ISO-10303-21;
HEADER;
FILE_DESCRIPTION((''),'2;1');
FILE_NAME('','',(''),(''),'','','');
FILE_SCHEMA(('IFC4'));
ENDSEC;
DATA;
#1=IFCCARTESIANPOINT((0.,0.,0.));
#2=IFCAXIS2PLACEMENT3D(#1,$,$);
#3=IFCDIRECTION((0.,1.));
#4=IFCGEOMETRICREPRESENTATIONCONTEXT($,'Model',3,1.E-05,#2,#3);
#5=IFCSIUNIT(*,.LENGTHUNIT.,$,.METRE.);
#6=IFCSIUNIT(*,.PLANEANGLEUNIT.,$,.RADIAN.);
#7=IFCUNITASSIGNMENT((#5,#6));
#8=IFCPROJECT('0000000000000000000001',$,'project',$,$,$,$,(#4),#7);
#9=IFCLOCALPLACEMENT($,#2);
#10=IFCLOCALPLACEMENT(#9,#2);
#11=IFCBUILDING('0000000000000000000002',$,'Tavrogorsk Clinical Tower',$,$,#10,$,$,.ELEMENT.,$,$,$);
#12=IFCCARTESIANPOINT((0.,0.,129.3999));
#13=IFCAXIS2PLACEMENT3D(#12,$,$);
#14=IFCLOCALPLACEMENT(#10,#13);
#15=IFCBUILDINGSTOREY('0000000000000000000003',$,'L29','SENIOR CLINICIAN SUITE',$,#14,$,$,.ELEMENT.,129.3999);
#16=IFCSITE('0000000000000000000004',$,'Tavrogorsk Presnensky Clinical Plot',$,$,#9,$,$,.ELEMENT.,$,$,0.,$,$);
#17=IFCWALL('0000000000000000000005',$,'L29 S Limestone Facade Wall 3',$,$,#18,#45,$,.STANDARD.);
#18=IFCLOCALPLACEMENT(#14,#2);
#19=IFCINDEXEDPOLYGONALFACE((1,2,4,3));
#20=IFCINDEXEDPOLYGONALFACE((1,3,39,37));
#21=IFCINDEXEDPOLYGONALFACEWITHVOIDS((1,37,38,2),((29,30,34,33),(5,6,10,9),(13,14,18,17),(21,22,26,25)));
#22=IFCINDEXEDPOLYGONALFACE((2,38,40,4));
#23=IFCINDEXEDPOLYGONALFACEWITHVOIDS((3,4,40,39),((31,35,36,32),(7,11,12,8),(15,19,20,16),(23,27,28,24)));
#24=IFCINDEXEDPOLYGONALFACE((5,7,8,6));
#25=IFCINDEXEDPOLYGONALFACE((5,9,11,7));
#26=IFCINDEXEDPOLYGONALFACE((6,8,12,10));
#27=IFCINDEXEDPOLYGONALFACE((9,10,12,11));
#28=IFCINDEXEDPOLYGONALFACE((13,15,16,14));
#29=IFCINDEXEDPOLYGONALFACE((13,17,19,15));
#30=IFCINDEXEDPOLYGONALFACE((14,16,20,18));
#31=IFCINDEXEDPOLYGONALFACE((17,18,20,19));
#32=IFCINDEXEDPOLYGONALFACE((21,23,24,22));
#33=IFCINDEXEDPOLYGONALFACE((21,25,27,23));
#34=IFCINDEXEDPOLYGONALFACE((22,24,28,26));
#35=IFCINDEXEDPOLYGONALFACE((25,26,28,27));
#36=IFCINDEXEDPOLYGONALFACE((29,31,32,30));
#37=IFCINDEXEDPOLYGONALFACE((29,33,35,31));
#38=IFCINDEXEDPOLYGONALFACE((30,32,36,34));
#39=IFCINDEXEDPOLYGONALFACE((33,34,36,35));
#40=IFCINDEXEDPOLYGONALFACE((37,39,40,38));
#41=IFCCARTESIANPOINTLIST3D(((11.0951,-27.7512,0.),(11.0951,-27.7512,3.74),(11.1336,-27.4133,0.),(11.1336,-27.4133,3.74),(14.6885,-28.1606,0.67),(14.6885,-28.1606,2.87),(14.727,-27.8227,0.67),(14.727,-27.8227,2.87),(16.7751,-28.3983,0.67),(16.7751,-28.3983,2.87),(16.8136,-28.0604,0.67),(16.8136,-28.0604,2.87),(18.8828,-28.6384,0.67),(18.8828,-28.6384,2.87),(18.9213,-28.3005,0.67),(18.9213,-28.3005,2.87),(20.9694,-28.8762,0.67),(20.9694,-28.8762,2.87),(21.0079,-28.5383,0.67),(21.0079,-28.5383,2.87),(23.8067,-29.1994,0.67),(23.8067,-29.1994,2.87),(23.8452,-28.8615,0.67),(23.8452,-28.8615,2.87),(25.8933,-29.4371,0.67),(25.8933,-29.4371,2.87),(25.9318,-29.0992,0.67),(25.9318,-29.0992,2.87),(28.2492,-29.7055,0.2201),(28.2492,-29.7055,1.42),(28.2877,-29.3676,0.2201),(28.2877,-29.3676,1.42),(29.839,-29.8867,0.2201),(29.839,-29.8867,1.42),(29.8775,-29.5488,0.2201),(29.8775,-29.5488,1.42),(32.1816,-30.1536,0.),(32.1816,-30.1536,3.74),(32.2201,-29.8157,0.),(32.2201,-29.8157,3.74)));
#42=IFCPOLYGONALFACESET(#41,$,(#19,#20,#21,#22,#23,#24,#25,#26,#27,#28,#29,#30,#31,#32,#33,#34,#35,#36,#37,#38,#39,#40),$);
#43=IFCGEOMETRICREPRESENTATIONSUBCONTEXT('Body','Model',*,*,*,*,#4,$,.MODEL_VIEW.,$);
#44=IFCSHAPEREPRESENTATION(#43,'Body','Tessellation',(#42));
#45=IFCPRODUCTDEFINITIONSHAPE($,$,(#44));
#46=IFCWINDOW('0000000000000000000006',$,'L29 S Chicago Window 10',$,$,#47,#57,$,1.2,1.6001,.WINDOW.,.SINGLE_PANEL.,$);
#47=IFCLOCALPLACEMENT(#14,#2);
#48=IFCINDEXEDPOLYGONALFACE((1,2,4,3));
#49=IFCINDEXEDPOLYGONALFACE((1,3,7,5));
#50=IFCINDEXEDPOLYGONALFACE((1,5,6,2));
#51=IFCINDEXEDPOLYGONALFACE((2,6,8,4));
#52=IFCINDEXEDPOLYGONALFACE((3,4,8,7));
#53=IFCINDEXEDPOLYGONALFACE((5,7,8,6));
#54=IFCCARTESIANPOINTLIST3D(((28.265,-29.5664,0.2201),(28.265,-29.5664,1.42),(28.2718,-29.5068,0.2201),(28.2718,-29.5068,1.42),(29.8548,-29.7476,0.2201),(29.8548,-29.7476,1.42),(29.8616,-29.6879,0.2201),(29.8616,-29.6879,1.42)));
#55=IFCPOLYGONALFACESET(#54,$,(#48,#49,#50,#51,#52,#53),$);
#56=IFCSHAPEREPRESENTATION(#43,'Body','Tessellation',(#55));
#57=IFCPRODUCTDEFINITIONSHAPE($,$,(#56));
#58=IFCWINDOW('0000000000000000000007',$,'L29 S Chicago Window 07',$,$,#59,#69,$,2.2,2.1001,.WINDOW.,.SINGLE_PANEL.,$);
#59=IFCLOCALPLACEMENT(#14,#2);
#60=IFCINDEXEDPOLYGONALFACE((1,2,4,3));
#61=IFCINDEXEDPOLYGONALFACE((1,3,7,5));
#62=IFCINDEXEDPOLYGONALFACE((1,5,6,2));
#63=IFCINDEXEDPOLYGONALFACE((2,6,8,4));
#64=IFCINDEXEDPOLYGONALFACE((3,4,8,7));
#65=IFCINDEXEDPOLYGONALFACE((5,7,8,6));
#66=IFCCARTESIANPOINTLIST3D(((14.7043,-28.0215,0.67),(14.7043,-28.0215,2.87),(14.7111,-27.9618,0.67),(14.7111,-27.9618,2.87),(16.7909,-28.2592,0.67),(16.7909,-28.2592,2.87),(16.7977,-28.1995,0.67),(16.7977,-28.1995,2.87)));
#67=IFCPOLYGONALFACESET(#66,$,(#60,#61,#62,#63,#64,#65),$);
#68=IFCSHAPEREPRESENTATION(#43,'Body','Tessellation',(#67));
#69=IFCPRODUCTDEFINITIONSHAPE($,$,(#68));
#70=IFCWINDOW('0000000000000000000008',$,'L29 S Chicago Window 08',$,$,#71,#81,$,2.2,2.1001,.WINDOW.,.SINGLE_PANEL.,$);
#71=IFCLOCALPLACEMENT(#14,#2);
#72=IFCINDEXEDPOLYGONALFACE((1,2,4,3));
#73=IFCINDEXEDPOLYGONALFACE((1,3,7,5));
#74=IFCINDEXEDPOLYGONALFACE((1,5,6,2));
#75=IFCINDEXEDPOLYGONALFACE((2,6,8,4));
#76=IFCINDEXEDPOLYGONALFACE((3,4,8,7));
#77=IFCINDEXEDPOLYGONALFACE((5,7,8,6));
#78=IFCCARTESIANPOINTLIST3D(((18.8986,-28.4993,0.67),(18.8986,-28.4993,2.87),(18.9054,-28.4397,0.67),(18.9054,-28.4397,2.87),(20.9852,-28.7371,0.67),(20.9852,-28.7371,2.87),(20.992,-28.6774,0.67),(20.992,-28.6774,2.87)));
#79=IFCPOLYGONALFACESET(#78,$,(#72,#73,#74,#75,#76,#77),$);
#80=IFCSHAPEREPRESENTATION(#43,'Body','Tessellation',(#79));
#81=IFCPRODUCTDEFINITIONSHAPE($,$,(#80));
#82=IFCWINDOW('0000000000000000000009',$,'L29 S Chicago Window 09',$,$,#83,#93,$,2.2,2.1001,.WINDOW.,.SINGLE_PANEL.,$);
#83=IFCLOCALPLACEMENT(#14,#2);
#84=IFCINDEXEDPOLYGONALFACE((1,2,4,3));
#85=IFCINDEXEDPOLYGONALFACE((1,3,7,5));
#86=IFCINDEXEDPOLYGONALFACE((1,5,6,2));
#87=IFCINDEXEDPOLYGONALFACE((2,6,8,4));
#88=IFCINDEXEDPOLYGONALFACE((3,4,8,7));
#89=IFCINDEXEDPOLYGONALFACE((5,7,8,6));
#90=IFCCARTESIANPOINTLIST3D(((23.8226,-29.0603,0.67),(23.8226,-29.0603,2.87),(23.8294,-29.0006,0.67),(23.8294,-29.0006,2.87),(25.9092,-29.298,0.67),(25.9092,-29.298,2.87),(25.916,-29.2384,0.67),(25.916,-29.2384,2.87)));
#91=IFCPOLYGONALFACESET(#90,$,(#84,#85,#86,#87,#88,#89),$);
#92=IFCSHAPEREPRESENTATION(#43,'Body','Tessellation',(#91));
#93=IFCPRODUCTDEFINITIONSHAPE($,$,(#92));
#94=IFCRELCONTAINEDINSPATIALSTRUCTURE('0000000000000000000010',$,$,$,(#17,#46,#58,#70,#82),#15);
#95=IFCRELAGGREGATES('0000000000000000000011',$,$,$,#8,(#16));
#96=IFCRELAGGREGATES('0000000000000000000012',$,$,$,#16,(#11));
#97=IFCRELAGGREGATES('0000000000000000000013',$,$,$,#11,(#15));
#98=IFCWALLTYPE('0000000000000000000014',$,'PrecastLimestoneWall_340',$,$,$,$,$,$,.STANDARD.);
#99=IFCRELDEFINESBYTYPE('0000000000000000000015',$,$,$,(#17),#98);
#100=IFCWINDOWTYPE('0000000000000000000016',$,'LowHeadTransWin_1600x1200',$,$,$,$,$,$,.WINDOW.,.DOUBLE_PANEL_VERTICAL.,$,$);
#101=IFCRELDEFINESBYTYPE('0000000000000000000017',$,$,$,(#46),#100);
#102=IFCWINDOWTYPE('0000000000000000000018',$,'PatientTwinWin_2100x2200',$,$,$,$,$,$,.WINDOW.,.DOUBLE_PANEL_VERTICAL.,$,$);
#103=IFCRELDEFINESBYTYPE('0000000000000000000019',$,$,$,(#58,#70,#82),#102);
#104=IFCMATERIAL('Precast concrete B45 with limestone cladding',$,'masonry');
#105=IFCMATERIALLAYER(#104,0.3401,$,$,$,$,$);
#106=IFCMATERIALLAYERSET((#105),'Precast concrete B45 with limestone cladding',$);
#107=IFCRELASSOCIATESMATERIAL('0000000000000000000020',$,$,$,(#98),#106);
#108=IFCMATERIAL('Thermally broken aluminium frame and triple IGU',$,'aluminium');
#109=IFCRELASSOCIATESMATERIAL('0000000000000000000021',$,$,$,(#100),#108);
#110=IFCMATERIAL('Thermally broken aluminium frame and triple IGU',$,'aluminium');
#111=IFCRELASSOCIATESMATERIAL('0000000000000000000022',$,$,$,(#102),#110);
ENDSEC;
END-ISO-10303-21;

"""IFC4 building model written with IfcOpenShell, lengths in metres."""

from ifc_helpers import new_model, si_unit, direction, frame, frame_2d, origin, place, context, subcontext, project, spatial, rectangle, extrude, material, layer, layer_set, type_object, element, fill, save


model = new_model("IFC4")

# Units and contexts
model_context = context("Model", 3, precision=1e-05, world=origin(), true_north=direction((0.0, 1.0)))
body_context = subcontext(model_context, "Body", "Model", "MODEL_VIEW")
ifc_project = project(units=[si_unit("LENGTHUNIT", "METRE"), si_unit("PLANEANGLEUNIT", "RADIAN")], contexts=[model_context])

# Site, building, storey
site_placement = place(None, origin())
site = spatial("IfcSite", under=ifc_project, at=site_placement, Name="Tavrogorsk Presnensky Clinical Plot", CompositionType="ELEMENT", RefElevation=0.0)
building_placement = place(site_placement, origin())
building = spatial("IfcBuilding", under=site, at=building_placement, Name="Tavrogorsk Clinical Tower", CompositionType="ELEMENT")
storey_placement = place(building_placement, frame((0.0, 0.0, 129.3999)))
storey = spatial("IfcBuildingStorey", under=building, at=storey_placement, Name="L29", Description="SENIOR CLINICIAN SUITE", CompositionType="ELEMENT", Elevation=129.3999)

# Wall, openings, windows
ifc_material_1 = material(Name="Precast concrete B45 with limestone cladding", Category="masonry")
ifc_layer_1 = layer(ifc_material_1, 0.3401)
ifc_layer_set_1 = layer_set([ifc_layer_1], Name="Precast concrete B45 with limestone cladding")
wall_type_1 = type_object("IfcWallType", Name="PrecastLimestoneWall_340", PredefinedType="STANDARD", material=ifc_layer_set_1)
wall_1_placement = place(storey_placement, frame((11.1145, -27.5823, 0.0), z_axis=(0.0, 0.0, 1.0), x_axis=(0.993573, -0.113196, 0.0)))
wall_1 = element("IfcWall", 1, at=wall_1_placement, inside=storey, type_object=wall_type_1, Name="L29 S Limestone Facade Wall 3", PredefinedType="STANDARD", context=body_context, shape_type="SweptSolid", body=[
    extrude(rectangle(XDim=21.2229, YDim=0.3401, at=frame_2d((10.6113, 0.0))), origin(), (0.0, 0.0, 1.0), 3.74),
])
opening_1_placement = place(wall_1_placement, frame((3.6165, 0.0, 0.6699)))
opening_1 = element("IfcOpeningElement", 2, at=opening_1_placement, cuts=wall_1, PredefinedType="OPENING", context=body_context, shape_type="SweptSolid", body=[
    extrude(rectangle(XDim=2.1001, YDim=2.2, at=frame_2d((1.05, 1.1001))), frame((0.0, 0.1799, 0.0), z_axis=(0.0, -1.0, 0.0), x_axis=(1.0, 0.0, 0.0)), (0.0, 0.0, 1.0), 0.3601),
])
opening_2_placement = place(wall_1_placement, frame((7.8379, 0.0, 0.6699)))
opening_2 = element("IfcOpeningElement", 3, at=opening_2_placement, cuts=wall_1, PredefinedType="OPENING", context=body_context, shape_type="SweptSolid", body=[
    extrude(rectangle(XDim=2.1001, YDim=2.2, at=frame_2d((1.05, 1.1001))), frame((0.0, 0.1799, 0.0), z_axis=(0.0, -1.0, 0.0), x_axis=(1.0, 0.0, 0.0)), (0.0, 0.0, 1.0), 0.3601),
])
opening_3_placement = place(wall_1_placement, frame((12.7937, 0.0, 0.6699)))
opening_3 = element("IfcOpeningElement", 4, at=opening_3_placement, cuts=wall_1, PredefinedType="OPENING", context=body_context, shape_type="SweptSolid", body=[
    extrude(rectangle(XDim=2.1001, YDim=2.2, at=frame_2d((1.05, 1.1001))), frame((0.0, 0.1799, 0.0), z_axis=(0.0, -1.0, 0.0), x_axis=(1.0, 0.0, 0.0)), (0.0, 0.0, 1.0), 0.3601),
])
opening_4_placement = place(wall_1_placement, frame((17.2649, 0.0, 0.22)))
opening_4 = element("IfcOpeningElement", 5, at=opening_4_placement, cuts=wall_1, PredefinedType="OPENING", context=body_context, shape_type="SweptSolid", body=[
    extrude(rectangle(XDim=1.6001, YDim=1.2, at=frame_2d((0.8, 0.6001))), frame((0.0, 0.1799, 0.0), z_axis=(0.0, -1.0, 0.0), x_axis=(1.0, 0.0, 0.0)), (0.0, 0.0, 1.0), 0.3601),
])
ifc_material_2 = material(Name="Thermally broken aluminium frame and triple IGU", Category="aluminium")
window_type_1 = type_object("IfcWindowType", Name="LowHeadTransWin_1600x1200", PartitioningType="DOUBLE_PANEL_VERTICAL", PredefinedType="WINDOW", material=ifc_material_2)
window_1_placement = place(opening_4_placement, origin())
window_1 = element("IfcWindow", 6, at=window_1_placement, inside=storey, type_object=window_type_1, Name="L29 S Chicago Window 10", OverallHeight=1.2, OverallWidth=1.6001, PartitioningType="SINGLE_PANEL", PredefinedType="WINDOW", context=body_context, shape_type="SweptSolid", body=[
    extrude(rectangle(XDim=1.6001, YDim=1.2, at=frame_2d((0.8, 0.6001))), frame((0.0, 0.03, 0.0), z_axis=(0.0, -1.0, 0.0), x_axis=(1.0, 0.0, 0.0)), (0.0, 0.0, 1.0), 0.0601),
])
fill(opening_4, window_1)
ifc_material_3 = material(Name="Thermally broken aluminium frame and triple IGU", Category="aluminium")
window_type_2 = type_object("IfcWindowType", Name="PatientTwinWin_2100x2200", PartitioningType="DOUBLE_PANEL_VERTICAL", PredefinedType="WINDOW", material=ifc_material_3)
window_2_placement = place(opening_1_placement, origin())
window_2 = element("IfcWindow", 7, at=window_2_placement, inside=storey, type_object=window_type_2, Name="L29 S Chicago Window 07", OverallHeight=2.2, OverallWidth=2.1001, PartitioningType="SINGLE_PANEL", PredefinedType="WINDOW", context=body_context, shape_type="SweptSolid", body=[
    extrude(rectangle(XDim=2.1001, YDim=2.2, at=frame_2d((1.05, 1.1001))), frame((0.0, 0.03, 0.0), z_axis=(0.0, -1.0, 0.0), x_axis=(1.0, 0.0, 0.0)), (0.0, 0.0, 1.0), 0.0601),
])
fill(opening_1, window_2)
window_3_placement = place(opening_2_placement, origin())
window_3 = element("IfcWindow", 8, at=window_3_placement, inside=storey, type_object=window_type_2, Name="L29 S Chicago Window 08", OverallHeight=2.2, OverallWidth=2.1001, PartitioningType="SINGLE_PANEL", PredefinedType="WINDOW", context=body_context, shape_type="SweptSolid", body=[
    extrude(rectangle(XDim=2.1001, YDim=2.2, at=frame_2d((1.05, 1.1001))), frame((0.0, 0.03, 0.0), z_axis=(0.0, -1.0, 0.0), x_axis=(1.0, 0.0, 0.0)), (0.0, 0.0, 1.0), 0.0601),
])
fill(opening_2, window_3)
window_4_placement = place(opening_3_placement, origin())
window_4 = element("IfcWindow", 9, at=window_4_placement, inside=storey, type_object=window_type_2, Name="L29 S Chicago Window 09", OverallHeight=2.2, OverallWidth=2.1001, PartitioningType="SINGLE_PANEL", PredefinedType="WINDOW", context=body_context, shape_type="SweptSolid", body=[
    extrude(rectangle(XDim=2.1001, YDim=2.2, at=frame_2d((1.05, 1.1001))), frame((0.0, 0.03, 0.0), z_axis=(0.0, -1.0, 0.0), x_axis=(1.0, 0.0, 0.0)), (0.0, 0.0, 1.0), 0.0601),
])
fill(opening_3, window_4)

save(model, "model.ifc")
